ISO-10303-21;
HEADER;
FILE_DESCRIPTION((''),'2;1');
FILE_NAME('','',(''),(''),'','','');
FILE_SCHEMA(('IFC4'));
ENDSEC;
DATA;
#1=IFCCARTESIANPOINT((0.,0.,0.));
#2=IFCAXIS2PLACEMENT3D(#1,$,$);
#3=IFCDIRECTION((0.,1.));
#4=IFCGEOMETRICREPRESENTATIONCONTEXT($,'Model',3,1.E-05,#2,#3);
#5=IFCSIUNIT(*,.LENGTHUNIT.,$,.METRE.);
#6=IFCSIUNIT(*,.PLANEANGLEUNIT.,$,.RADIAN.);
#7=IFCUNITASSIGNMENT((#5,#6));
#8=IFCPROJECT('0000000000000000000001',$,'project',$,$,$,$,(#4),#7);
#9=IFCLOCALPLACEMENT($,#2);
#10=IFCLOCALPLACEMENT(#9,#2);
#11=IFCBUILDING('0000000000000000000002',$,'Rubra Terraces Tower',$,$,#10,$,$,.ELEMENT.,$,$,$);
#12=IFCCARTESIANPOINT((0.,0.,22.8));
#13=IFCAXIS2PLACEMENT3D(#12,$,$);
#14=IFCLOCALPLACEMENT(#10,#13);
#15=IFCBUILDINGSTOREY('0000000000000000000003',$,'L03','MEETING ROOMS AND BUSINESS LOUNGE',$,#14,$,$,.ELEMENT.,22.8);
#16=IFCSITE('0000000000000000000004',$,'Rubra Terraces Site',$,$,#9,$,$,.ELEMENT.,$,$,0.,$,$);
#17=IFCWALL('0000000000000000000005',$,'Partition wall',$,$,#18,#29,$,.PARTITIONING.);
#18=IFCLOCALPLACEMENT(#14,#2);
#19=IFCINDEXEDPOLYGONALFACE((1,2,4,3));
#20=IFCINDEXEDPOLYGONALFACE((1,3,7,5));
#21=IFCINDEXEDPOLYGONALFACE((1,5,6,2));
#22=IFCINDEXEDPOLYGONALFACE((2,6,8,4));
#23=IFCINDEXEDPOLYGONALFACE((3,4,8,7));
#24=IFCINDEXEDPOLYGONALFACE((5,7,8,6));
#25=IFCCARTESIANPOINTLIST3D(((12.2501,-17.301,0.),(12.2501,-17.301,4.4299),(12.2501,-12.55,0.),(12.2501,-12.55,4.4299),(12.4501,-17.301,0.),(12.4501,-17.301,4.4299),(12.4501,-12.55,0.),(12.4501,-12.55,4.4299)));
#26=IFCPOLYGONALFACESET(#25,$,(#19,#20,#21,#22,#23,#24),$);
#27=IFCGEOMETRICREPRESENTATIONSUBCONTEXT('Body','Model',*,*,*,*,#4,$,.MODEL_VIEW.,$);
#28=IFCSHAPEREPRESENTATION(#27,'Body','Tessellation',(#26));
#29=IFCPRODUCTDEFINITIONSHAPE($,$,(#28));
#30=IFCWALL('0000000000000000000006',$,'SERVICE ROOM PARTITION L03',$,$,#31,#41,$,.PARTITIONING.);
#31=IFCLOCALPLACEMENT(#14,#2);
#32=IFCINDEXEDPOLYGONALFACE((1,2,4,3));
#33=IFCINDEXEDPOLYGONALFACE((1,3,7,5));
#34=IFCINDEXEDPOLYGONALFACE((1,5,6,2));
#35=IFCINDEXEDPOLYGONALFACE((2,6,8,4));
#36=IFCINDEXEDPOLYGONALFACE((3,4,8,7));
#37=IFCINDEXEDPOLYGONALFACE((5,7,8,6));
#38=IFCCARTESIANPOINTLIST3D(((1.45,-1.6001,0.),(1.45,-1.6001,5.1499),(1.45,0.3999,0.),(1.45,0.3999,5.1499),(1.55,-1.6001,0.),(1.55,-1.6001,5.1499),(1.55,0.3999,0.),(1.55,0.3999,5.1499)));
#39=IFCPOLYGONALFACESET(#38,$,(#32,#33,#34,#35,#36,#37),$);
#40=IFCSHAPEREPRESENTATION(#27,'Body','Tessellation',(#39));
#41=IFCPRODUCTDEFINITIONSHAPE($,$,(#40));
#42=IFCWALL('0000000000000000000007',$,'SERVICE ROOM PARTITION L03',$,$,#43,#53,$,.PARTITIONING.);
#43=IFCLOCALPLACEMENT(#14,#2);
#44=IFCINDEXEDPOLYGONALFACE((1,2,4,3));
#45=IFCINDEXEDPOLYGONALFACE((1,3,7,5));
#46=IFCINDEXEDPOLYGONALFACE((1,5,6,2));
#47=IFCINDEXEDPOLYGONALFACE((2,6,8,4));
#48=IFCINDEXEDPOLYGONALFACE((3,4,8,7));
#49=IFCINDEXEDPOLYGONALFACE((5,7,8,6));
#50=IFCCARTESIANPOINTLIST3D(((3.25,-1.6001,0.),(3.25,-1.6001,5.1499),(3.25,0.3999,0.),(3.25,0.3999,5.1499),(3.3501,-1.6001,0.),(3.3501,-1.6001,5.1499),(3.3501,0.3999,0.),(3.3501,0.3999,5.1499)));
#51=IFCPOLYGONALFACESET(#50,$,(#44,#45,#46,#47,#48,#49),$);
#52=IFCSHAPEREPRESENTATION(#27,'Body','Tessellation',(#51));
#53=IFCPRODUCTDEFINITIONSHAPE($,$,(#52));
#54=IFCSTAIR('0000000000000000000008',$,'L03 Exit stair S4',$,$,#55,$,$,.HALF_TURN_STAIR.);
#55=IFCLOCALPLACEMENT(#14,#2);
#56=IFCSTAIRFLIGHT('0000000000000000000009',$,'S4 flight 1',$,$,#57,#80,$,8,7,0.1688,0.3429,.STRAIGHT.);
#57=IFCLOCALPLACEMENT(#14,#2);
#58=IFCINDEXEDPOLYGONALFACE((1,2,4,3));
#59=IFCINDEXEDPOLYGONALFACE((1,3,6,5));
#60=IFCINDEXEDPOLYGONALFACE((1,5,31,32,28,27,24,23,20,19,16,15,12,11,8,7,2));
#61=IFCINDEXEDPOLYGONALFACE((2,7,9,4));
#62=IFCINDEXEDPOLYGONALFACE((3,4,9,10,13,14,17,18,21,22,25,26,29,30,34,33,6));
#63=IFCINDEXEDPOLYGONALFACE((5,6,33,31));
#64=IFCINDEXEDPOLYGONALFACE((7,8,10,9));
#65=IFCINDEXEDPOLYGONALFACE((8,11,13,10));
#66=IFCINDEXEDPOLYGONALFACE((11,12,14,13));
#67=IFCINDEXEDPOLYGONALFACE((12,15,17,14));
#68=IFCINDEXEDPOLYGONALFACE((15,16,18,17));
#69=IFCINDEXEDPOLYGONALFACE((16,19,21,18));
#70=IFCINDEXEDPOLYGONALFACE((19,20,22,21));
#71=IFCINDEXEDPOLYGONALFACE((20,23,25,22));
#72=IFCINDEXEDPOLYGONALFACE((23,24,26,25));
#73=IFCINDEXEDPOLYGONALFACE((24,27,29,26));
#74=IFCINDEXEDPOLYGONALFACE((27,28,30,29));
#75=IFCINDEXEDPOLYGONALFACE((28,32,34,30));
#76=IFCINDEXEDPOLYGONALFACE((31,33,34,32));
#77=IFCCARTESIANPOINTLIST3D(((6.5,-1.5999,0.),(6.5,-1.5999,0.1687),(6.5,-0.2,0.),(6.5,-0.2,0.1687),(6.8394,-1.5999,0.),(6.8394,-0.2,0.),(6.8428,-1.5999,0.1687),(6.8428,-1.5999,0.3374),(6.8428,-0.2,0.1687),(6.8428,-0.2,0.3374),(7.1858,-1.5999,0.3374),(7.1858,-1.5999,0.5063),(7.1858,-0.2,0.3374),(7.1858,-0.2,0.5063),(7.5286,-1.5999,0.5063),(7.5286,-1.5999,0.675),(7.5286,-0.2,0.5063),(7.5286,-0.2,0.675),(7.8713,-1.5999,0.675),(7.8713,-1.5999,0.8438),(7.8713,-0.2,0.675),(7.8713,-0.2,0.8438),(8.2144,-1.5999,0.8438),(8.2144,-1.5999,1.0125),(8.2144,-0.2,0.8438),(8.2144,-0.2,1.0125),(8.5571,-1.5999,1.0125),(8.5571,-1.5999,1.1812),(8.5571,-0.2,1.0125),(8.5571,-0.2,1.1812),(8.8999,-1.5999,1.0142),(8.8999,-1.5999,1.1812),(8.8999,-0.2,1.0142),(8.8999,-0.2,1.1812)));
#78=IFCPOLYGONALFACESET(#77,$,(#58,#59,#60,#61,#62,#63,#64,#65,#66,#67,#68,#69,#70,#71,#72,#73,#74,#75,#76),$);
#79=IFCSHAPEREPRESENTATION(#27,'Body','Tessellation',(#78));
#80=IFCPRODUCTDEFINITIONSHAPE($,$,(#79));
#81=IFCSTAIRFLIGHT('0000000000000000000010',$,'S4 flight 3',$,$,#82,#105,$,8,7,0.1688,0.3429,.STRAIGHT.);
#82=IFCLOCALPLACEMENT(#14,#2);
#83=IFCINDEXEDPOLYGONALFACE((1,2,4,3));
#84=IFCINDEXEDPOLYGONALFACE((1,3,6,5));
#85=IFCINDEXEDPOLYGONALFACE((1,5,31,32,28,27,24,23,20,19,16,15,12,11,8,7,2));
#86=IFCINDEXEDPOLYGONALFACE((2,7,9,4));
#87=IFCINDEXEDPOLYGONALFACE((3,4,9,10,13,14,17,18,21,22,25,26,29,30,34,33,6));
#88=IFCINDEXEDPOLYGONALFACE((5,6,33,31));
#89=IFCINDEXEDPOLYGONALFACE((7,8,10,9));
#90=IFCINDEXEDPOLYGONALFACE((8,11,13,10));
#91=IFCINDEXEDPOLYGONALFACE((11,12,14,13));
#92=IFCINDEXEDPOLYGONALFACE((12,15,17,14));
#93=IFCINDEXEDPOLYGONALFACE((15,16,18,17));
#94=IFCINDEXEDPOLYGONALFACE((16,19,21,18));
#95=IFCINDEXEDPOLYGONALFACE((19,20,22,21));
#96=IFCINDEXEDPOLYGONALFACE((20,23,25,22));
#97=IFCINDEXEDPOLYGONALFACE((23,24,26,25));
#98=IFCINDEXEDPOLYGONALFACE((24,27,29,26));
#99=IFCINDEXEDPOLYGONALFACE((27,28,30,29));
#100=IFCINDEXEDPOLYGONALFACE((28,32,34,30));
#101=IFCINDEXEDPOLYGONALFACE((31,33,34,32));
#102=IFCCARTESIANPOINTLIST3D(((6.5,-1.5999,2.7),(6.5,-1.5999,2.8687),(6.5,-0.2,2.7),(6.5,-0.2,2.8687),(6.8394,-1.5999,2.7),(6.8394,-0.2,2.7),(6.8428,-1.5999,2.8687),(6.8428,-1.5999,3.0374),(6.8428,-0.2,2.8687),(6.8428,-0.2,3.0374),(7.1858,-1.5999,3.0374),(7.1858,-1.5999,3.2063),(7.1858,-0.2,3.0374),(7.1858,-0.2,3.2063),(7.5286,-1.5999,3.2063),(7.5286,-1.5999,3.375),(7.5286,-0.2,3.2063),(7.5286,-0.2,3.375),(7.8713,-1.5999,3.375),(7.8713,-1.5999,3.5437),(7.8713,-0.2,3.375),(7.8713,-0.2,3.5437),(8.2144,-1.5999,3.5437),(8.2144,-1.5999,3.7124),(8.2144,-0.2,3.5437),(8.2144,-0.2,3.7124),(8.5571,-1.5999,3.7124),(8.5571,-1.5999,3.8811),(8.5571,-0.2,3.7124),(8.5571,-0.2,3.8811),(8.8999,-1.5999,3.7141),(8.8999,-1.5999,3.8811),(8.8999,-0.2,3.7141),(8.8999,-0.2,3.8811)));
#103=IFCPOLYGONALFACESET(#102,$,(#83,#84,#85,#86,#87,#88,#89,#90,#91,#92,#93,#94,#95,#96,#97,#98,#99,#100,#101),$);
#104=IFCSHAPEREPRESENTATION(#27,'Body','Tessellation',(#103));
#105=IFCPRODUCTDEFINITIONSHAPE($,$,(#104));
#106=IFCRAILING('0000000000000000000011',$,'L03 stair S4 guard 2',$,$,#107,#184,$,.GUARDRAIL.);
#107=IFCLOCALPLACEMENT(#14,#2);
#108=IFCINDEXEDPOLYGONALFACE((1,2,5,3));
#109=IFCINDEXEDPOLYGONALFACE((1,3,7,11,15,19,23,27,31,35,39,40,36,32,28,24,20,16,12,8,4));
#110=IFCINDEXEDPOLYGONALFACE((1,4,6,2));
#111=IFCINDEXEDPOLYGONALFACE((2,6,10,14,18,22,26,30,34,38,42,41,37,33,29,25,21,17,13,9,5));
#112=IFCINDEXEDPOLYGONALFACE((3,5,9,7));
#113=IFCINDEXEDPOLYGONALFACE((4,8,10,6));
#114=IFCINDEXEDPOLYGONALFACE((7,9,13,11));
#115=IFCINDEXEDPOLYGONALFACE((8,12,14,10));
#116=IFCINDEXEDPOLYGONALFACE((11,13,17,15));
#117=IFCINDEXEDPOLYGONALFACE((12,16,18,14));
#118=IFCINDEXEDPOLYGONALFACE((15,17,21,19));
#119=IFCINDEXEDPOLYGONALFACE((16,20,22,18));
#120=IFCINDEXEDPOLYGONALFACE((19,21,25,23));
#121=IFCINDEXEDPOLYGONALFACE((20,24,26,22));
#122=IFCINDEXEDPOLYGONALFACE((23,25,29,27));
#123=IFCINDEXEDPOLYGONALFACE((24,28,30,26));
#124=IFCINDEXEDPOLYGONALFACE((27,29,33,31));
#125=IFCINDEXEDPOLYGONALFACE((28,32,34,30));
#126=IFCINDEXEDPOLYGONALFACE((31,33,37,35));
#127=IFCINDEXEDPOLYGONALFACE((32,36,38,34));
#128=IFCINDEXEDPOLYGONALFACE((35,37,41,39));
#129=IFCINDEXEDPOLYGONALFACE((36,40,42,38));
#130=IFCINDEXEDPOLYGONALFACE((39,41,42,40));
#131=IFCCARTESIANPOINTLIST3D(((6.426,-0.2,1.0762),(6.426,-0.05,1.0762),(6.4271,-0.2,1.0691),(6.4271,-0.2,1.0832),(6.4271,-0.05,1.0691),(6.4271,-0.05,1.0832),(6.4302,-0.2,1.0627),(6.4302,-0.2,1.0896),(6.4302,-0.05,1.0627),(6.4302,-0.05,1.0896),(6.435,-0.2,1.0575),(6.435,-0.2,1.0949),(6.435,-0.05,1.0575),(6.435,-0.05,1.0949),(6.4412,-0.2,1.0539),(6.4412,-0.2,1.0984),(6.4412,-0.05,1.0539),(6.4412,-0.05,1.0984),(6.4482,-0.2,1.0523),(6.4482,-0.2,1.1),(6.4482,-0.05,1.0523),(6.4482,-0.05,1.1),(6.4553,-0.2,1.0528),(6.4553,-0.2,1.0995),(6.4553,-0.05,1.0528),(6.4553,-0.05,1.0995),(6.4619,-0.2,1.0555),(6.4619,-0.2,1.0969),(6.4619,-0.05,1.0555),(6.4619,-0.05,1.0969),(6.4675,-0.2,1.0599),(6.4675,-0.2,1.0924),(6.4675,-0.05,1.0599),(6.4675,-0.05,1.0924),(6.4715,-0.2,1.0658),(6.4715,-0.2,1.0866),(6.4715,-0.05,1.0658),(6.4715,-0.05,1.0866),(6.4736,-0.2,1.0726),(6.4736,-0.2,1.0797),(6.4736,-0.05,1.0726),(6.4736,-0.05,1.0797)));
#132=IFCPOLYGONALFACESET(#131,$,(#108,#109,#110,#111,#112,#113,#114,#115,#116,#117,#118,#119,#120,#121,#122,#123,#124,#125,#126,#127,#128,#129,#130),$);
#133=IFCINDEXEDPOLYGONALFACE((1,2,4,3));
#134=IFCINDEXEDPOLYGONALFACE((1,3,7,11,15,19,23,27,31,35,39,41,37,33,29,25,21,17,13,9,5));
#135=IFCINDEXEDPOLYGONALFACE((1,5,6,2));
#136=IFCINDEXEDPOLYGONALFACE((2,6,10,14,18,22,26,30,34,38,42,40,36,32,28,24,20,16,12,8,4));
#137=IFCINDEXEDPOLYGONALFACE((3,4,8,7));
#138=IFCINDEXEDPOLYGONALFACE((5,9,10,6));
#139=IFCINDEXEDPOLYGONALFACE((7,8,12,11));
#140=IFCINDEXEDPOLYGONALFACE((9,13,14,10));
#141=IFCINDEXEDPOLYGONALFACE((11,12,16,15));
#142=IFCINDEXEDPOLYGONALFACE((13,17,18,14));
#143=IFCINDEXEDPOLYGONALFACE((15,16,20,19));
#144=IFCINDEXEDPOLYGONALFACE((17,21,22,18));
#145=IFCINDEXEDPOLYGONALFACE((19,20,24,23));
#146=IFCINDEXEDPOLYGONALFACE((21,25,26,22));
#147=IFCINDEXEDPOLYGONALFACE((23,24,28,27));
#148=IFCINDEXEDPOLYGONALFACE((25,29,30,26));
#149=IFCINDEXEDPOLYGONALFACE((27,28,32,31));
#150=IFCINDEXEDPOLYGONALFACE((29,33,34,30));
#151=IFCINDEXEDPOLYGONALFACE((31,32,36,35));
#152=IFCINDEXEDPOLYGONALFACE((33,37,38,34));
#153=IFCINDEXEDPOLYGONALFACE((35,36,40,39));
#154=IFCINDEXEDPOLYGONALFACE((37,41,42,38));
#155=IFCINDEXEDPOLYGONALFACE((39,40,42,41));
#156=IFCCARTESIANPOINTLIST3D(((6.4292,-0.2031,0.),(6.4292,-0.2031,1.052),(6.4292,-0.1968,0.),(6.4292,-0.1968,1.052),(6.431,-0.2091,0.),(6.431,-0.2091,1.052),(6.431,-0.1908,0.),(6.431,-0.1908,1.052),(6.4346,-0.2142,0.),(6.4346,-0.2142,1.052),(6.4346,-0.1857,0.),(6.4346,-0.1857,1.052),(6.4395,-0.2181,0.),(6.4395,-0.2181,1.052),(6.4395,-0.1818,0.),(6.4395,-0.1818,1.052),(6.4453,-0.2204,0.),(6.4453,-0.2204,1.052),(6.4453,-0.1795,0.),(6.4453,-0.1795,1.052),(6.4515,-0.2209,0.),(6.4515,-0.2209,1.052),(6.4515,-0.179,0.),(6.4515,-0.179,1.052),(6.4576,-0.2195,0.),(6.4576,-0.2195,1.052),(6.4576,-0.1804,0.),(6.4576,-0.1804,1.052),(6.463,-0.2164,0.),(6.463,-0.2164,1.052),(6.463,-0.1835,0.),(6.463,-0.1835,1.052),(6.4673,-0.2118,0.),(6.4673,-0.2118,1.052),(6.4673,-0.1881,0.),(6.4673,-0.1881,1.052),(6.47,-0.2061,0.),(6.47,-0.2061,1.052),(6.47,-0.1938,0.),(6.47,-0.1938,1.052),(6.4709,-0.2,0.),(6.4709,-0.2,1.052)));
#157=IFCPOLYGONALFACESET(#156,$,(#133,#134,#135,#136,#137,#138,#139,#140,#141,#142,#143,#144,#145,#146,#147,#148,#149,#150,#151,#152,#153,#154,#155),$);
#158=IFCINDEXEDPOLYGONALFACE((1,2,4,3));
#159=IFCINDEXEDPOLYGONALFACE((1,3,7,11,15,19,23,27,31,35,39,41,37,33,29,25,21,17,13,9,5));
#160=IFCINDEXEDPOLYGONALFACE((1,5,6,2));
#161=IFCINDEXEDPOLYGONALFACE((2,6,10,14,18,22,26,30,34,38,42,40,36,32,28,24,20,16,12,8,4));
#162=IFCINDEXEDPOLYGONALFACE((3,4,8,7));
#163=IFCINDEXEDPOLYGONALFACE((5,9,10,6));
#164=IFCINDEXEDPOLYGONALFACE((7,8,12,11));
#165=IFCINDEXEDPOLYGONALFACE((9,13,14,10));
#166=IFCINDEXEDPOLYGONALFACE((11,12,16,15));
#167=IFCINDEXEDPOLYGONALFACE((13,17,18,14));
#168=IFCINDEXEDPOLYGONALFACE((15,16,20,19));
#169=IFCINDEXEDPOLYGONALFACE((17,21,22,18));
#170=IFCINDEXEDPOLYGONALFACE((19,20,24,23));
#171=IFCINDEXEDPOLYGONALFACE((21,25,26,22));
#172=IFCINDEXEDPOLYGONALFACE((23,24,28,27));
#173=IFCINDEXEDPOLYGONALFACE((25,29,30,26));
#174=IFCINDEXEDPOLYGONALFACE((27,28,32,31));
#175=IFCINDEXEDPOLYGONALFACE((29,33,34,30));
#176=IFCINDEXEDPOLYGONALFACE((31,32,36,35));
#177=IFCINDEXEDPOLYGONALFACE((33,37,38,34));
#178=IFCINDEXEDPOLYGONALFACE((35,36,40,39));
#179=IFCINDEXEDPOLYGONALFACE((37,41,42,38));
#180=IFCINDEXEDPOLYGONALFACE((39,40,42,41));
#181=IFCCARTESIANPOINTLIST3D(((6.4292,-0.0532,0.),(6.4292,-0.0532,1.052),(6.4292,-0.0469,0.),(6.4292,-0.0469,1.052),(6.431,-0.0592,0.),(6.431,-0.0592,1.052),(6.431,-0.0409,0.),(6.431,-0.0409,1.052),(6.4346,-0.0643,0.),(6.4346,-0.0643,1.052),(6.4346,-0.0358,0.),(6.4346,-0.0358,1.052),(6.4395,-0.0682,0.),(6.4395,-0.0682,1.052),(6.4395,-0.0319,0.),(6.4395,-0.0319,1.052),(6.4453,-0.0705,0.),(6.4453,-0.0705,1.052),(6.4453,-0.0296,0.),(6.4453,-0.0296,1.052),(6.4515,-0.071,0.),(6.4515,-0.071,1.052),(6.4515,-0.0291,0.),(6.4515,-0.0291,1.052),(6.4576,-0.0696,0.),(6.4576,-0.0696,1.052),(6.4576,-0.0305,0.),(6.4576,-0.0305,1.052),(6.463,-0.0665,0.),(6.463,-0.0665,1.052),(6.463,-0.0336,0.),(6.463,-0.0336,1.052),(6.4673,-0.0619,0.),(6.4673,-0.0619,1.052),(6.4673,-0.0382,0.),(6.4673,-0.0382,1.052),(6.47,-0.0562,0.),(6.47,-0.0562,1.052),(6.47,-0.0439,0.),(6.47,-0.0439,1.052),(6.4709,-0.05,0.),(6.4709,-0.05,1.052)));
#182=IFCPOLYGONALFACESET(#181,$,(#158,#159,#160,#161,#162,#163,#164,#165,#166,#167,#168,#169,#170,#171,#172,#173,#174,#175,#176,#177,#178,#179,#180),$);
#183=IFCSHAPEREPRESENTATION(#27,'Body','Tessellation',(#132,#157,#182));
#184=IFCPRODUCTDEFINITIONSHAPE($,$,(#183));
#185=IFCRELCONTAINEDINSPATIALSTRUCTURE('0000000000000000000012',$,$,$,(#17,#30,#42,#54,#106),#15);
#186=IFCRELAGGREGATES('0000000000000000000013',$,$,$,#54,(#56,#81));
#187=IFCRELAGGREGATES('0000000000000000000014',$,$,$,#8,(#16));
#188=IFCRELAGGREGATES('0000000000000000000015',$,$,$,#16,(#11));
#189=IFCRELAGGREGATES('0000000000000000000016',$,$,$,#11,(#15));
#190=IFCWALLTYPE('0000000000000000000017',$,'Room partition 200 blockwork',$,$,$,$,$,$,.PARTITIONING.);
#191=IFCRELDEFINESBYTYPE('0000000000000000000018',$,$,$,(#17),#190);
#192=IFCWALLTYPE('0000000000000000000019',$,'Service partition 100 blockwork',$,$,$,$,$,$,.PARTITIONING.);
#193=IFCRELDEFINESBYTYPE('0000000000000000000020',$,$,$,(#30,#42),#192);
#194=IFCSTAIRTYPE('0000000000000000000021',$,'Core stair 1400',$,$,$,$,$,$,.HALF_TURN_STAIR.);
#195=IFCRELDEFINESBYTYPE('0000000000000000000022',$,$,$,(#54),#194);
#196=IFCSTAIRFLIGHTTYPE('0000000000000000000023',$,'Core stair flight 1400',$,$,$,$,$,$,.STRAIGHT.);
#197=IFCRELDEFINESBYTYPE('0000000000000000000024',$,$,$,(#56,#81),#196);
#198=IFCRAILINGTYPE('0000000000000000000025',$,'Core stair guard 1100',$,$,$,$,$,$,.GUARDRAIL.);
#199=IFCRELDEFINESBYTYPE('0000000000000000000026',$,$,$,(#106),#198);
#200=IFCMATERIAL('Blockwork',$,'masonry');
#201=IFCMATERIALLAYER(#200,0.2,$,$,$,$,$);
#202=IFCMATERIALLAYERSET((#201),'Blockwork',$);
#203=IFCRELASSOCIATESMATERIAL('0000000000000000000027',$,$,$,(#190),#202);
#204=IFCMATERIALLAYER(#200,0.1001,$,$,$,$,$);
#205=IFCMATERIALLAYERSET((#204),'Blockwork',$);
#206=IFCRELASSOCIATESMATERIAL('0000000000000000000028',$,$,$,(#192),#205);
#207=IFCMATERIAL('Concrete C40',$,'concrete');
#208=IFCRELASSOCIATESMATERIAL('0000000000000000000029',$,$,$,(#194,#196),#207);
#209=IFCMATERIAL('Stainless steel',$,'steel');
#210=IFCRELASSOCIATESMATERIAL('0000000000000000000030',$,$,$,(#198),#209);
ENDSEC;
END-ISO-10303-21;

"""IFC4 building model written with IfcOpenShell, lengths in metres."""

from ifc_helpers import new_model, si_unit, direction, frame, frame_2d, origin, origin_2d, place, context, subcontext, project, spatial, polyline, rectangle, circle, outline, extrude, material, layer, layer_set, type_object, element, aggregate, save


model = new_model("IFC4")

# Units and contexts
model_context = context("Model", 3, precision=1e-05, world=origin(), true_north=direction((0.0, 1.0)))
body_context = subcontext(model_context, "Body", "Model", "MODEL_VIEW")
ifc_project = project(units=[si_unit("LENGTHUNIT", "METRE"), si_unit("PLANEANGLEUNIT", "RADIAN")], contexts=[model_context])

# Site, building, storey
site_placement = place(None, origin())
site = spatial("IfcSite", under=ifc_project, at=site_placement, Name="Rubra Terraces Site", CompositionType="ELEMENT", RefElevation=0.0)
building_placement = place(site_placement, origin())
building = spatial("IfcBuilding", under=site, at=building_placement, Name="Rubra Terraces Tower", CompositionType="ELEMENT")
storey_placement = place(building_placement, frame((0.0, 0.0, 22.8)))
storey = spatial("IfcBuildingStorey", under=building, at=storey_placement, Name="L03", Description="MEETING ROOMS AND BUSINESS LOUNGE", CompositionType="ELEMENT", Elevation=22.8)

# Walls
ifc_material_1 = material(Name="Blockwork", Category="masonry")
ifc_layer_1 = layer(ifc_material_1, 0.2)
ifc_layer_set_1 = layer_set([ifc_layer_1], Name="Blockwork")
wall_type_1 = type_object("IfcWallType", Name="Room partition 200 blockwork", PredefinedType="PARTITIONING", material=ifc_layer_set_1)
wall_1_placement = place(storey_placement, frame((12.3501, -12.55, 0.0), z_axis=(0.0, 0.0, 1.0), x_axis=(0.0, -1.0, 0.0)))
element("IfcWall", 1, at=wall_1_placement, inside=storey, type_object=wall_type_1, Name="Partition wall", PredefinedType="PARTITIONING", context=body_context, shape_type="SweptSolid", body=[
    extrude(rectangle(XDim=4.751, YDim=0.2, at=frame_2d((2.3755, 0.0))), origin(), (0.0, 0.0, 1.0), 4.4299),
])
ifc_layer_2 = layer(ifc_material_1, 0.1001)
ifc_layer_set_2 = layer_set([ifc_layer_2], Name="Blockwork")
wall_type_2 = type_object("IfcWallType", Name="Service partition 100 blockwork", PredefinedType="PARTITIONING", material=ifc_layer_set_2)
for number, where, z_axis, x_axis, name in (
    (2, (1.5, -1.6001, 0.0), (0.0, 0.0, 1.0), (0.0, 1.0, 0.0), "SERVICE ROOM PARTITION L03"),
    (3, (3.3, -1.6001, 0.0), (0.0, 0.0, 1.0), (0.0, 1.0, 0.0), "SERVICE ROOM PARTITION L03"),
):
    element("IfcWall", number, at=place(storey_placement, frame(where, z_axis=z_axis, x_axis=x_axis)), inside=storey, type_object=wall_type_2, Name=name, PredefinedType="PARTITIONING", context=body_context, shape_type="SweptSolid", body=[
        extrude(rectangle(XDim=2.0, YDim=0.1001, at=frame_2d((1.0, 0.0))), origin(), (0.0, 0.0, 1.0), 5.1499),
    ])

# Stair, stair flights
ifc_material_2 = material(Name="Concrete C40", Category="concrete")
stair_type = type_object("IfcStairType", Name="Core stair 1400", PredefinedType="HALF_TURN_STAIR", material=ifc_material_2)
stair_placement = place(storey_placement, origin())
stair = element("IfcStair", 4, at=stair_placement, inside=storey, type_object=stair_type, Name="L03 Exit stair S4", PredefinedType="HALF_TURN_STAIR")
stair_flight_type = type_object("IfcStairFlightType", Name="Core stair flight 1400", PredefinedType="STRAIGHT", material=ifc_material_2)
stair_flight_1_placement = place(storey_placement, frame((6.5, -0.8999, 0.0), z_axis=(0.0, 0.0, 1.0), x_axis=(1.0, 0.0, 0.0)))
stair_flight_1 = element("IfcStairFlight", 5, at=stair_flight_1_placement, type_object=stair_flight_type, Name="S4 flight 1", NumberOfRisers=8, NumberOfTreads=7, PredefinedType="STRAIGHT", RiserHeight=0.1688, TreadLength=0.3429, context=body_context, shape_type="SweptSolid", body=[
    extrude(outline(polyline([(0.0, 0.0), (0.0, 0.1687), (0.3428, 0.1687), (0.3428, 0.3374), (0.6858, 0.3374), (0.6858, 0.5063), (1.0286, 0.5063), (1.0286, 0.675), (1.3713, 0.675), (1.3713, 0.8438), (1.7144, 0.8438), (1.7144, 1.0125), (2.0571, 1.0125), (2.0571, 1.1812), (2.3999, 1.1812), (2.3999, 1.3501), (2.3999, 1.0142), (0.3394, 0.0), (0.0, 0.0)])), frame((0.0, 0.7, 0.0), z_axis=(0.0, -1.0, 0.0), x_axis=(1.0, 0.0, 0.0)), (0.0, 0.0, 1.0), 1.3999),
])
stair_flight_2_placement = place(storey_placement, frame((6.5, -0.8999, 2.7), z_axis=(0.0, 0.0, 1.0), x_axis=(1.0, 0.0, 0.0)))
stair_flight_2 = element("IfcStairFlight", 6, at=stair_flight_2_placement, type_object=stair_flight_type, Name="S4 flight 3", NumberOfRisers=8, NumberOfTreads=7, PredefinedType="STRAIGHT", RiserHeight=0.1688, TreadLength=0.3429, context=body_context, shape_type="SweptSolid", body=[
    extrude(outline(polyline([(0.0, 0.0), (0.0, 0.1687), (0.3428, 0.1687), (0.3428, 0.3374), (0.6858, 0.3374), (0.6858, 0.5063), (1.0286, 0.5063), (1.0286, 0.675), (1.3713, 0.675), (1.3713, 0.8438), (1.7144, 0.8438), (1.7144, 1.0125), (2.0571, 1.0125), (2.0571, 1.1812), (2.3999, 1.1812), (2.3999, 1.3501), (2.3999, 1.0142), (0.3394, 0.0), (0.0, 0.0)])), frame((0.0, 0.7, 0.0), z_axis=(0.0, -1.0, 0.0), x_axis=(1.0, 0.0, 0.0)), (0.0, 0.0, 1.0), 1.3999),
])
aggregate(stair, [stair_flight_1, stair_flight_2])

# Railing
ifc_material_3 = material(Name="Stainless steel", Category="steel")
railing_type_1 = type_object("IfcRailingType", Name="Core stair guard 1100", PredefinedType="GUARDRAIL", material=ifc_material_3)
railing_1_placement = place(storey_placement, frame((6.45, -0.2, 0.0)))
element("IfcRailing", 7, at=railing_1_placement, inside=storey, type_object=railing_type_1, Name="L03 stair S4 guard 2", PredefinedType="GUARDRAIL", context=body_context, shape_type="SweptSolid", body=[
    extrude(circle(Radius=0.0239, at=origin_2d()), frame((0.0, 0.0, 1.0762), z_axis=(0.0, 1.0, 0.0), x_axis=(-1.0, 0.0, 0.0)), (0.0, 0.0, 1.0), 0.1499),
    extrude(circle(Radius=0.021, at=origin_2d()), origin(), (0.0, 0.0, 1.0), 1.052),
    extrude(circle(Radius=0.021, at=origin_2d()), frame((0.0, 0.1499, 0.0)), (0.0, 0.0, 1.0), 1.052),
])

save(model, "model.ifc")
